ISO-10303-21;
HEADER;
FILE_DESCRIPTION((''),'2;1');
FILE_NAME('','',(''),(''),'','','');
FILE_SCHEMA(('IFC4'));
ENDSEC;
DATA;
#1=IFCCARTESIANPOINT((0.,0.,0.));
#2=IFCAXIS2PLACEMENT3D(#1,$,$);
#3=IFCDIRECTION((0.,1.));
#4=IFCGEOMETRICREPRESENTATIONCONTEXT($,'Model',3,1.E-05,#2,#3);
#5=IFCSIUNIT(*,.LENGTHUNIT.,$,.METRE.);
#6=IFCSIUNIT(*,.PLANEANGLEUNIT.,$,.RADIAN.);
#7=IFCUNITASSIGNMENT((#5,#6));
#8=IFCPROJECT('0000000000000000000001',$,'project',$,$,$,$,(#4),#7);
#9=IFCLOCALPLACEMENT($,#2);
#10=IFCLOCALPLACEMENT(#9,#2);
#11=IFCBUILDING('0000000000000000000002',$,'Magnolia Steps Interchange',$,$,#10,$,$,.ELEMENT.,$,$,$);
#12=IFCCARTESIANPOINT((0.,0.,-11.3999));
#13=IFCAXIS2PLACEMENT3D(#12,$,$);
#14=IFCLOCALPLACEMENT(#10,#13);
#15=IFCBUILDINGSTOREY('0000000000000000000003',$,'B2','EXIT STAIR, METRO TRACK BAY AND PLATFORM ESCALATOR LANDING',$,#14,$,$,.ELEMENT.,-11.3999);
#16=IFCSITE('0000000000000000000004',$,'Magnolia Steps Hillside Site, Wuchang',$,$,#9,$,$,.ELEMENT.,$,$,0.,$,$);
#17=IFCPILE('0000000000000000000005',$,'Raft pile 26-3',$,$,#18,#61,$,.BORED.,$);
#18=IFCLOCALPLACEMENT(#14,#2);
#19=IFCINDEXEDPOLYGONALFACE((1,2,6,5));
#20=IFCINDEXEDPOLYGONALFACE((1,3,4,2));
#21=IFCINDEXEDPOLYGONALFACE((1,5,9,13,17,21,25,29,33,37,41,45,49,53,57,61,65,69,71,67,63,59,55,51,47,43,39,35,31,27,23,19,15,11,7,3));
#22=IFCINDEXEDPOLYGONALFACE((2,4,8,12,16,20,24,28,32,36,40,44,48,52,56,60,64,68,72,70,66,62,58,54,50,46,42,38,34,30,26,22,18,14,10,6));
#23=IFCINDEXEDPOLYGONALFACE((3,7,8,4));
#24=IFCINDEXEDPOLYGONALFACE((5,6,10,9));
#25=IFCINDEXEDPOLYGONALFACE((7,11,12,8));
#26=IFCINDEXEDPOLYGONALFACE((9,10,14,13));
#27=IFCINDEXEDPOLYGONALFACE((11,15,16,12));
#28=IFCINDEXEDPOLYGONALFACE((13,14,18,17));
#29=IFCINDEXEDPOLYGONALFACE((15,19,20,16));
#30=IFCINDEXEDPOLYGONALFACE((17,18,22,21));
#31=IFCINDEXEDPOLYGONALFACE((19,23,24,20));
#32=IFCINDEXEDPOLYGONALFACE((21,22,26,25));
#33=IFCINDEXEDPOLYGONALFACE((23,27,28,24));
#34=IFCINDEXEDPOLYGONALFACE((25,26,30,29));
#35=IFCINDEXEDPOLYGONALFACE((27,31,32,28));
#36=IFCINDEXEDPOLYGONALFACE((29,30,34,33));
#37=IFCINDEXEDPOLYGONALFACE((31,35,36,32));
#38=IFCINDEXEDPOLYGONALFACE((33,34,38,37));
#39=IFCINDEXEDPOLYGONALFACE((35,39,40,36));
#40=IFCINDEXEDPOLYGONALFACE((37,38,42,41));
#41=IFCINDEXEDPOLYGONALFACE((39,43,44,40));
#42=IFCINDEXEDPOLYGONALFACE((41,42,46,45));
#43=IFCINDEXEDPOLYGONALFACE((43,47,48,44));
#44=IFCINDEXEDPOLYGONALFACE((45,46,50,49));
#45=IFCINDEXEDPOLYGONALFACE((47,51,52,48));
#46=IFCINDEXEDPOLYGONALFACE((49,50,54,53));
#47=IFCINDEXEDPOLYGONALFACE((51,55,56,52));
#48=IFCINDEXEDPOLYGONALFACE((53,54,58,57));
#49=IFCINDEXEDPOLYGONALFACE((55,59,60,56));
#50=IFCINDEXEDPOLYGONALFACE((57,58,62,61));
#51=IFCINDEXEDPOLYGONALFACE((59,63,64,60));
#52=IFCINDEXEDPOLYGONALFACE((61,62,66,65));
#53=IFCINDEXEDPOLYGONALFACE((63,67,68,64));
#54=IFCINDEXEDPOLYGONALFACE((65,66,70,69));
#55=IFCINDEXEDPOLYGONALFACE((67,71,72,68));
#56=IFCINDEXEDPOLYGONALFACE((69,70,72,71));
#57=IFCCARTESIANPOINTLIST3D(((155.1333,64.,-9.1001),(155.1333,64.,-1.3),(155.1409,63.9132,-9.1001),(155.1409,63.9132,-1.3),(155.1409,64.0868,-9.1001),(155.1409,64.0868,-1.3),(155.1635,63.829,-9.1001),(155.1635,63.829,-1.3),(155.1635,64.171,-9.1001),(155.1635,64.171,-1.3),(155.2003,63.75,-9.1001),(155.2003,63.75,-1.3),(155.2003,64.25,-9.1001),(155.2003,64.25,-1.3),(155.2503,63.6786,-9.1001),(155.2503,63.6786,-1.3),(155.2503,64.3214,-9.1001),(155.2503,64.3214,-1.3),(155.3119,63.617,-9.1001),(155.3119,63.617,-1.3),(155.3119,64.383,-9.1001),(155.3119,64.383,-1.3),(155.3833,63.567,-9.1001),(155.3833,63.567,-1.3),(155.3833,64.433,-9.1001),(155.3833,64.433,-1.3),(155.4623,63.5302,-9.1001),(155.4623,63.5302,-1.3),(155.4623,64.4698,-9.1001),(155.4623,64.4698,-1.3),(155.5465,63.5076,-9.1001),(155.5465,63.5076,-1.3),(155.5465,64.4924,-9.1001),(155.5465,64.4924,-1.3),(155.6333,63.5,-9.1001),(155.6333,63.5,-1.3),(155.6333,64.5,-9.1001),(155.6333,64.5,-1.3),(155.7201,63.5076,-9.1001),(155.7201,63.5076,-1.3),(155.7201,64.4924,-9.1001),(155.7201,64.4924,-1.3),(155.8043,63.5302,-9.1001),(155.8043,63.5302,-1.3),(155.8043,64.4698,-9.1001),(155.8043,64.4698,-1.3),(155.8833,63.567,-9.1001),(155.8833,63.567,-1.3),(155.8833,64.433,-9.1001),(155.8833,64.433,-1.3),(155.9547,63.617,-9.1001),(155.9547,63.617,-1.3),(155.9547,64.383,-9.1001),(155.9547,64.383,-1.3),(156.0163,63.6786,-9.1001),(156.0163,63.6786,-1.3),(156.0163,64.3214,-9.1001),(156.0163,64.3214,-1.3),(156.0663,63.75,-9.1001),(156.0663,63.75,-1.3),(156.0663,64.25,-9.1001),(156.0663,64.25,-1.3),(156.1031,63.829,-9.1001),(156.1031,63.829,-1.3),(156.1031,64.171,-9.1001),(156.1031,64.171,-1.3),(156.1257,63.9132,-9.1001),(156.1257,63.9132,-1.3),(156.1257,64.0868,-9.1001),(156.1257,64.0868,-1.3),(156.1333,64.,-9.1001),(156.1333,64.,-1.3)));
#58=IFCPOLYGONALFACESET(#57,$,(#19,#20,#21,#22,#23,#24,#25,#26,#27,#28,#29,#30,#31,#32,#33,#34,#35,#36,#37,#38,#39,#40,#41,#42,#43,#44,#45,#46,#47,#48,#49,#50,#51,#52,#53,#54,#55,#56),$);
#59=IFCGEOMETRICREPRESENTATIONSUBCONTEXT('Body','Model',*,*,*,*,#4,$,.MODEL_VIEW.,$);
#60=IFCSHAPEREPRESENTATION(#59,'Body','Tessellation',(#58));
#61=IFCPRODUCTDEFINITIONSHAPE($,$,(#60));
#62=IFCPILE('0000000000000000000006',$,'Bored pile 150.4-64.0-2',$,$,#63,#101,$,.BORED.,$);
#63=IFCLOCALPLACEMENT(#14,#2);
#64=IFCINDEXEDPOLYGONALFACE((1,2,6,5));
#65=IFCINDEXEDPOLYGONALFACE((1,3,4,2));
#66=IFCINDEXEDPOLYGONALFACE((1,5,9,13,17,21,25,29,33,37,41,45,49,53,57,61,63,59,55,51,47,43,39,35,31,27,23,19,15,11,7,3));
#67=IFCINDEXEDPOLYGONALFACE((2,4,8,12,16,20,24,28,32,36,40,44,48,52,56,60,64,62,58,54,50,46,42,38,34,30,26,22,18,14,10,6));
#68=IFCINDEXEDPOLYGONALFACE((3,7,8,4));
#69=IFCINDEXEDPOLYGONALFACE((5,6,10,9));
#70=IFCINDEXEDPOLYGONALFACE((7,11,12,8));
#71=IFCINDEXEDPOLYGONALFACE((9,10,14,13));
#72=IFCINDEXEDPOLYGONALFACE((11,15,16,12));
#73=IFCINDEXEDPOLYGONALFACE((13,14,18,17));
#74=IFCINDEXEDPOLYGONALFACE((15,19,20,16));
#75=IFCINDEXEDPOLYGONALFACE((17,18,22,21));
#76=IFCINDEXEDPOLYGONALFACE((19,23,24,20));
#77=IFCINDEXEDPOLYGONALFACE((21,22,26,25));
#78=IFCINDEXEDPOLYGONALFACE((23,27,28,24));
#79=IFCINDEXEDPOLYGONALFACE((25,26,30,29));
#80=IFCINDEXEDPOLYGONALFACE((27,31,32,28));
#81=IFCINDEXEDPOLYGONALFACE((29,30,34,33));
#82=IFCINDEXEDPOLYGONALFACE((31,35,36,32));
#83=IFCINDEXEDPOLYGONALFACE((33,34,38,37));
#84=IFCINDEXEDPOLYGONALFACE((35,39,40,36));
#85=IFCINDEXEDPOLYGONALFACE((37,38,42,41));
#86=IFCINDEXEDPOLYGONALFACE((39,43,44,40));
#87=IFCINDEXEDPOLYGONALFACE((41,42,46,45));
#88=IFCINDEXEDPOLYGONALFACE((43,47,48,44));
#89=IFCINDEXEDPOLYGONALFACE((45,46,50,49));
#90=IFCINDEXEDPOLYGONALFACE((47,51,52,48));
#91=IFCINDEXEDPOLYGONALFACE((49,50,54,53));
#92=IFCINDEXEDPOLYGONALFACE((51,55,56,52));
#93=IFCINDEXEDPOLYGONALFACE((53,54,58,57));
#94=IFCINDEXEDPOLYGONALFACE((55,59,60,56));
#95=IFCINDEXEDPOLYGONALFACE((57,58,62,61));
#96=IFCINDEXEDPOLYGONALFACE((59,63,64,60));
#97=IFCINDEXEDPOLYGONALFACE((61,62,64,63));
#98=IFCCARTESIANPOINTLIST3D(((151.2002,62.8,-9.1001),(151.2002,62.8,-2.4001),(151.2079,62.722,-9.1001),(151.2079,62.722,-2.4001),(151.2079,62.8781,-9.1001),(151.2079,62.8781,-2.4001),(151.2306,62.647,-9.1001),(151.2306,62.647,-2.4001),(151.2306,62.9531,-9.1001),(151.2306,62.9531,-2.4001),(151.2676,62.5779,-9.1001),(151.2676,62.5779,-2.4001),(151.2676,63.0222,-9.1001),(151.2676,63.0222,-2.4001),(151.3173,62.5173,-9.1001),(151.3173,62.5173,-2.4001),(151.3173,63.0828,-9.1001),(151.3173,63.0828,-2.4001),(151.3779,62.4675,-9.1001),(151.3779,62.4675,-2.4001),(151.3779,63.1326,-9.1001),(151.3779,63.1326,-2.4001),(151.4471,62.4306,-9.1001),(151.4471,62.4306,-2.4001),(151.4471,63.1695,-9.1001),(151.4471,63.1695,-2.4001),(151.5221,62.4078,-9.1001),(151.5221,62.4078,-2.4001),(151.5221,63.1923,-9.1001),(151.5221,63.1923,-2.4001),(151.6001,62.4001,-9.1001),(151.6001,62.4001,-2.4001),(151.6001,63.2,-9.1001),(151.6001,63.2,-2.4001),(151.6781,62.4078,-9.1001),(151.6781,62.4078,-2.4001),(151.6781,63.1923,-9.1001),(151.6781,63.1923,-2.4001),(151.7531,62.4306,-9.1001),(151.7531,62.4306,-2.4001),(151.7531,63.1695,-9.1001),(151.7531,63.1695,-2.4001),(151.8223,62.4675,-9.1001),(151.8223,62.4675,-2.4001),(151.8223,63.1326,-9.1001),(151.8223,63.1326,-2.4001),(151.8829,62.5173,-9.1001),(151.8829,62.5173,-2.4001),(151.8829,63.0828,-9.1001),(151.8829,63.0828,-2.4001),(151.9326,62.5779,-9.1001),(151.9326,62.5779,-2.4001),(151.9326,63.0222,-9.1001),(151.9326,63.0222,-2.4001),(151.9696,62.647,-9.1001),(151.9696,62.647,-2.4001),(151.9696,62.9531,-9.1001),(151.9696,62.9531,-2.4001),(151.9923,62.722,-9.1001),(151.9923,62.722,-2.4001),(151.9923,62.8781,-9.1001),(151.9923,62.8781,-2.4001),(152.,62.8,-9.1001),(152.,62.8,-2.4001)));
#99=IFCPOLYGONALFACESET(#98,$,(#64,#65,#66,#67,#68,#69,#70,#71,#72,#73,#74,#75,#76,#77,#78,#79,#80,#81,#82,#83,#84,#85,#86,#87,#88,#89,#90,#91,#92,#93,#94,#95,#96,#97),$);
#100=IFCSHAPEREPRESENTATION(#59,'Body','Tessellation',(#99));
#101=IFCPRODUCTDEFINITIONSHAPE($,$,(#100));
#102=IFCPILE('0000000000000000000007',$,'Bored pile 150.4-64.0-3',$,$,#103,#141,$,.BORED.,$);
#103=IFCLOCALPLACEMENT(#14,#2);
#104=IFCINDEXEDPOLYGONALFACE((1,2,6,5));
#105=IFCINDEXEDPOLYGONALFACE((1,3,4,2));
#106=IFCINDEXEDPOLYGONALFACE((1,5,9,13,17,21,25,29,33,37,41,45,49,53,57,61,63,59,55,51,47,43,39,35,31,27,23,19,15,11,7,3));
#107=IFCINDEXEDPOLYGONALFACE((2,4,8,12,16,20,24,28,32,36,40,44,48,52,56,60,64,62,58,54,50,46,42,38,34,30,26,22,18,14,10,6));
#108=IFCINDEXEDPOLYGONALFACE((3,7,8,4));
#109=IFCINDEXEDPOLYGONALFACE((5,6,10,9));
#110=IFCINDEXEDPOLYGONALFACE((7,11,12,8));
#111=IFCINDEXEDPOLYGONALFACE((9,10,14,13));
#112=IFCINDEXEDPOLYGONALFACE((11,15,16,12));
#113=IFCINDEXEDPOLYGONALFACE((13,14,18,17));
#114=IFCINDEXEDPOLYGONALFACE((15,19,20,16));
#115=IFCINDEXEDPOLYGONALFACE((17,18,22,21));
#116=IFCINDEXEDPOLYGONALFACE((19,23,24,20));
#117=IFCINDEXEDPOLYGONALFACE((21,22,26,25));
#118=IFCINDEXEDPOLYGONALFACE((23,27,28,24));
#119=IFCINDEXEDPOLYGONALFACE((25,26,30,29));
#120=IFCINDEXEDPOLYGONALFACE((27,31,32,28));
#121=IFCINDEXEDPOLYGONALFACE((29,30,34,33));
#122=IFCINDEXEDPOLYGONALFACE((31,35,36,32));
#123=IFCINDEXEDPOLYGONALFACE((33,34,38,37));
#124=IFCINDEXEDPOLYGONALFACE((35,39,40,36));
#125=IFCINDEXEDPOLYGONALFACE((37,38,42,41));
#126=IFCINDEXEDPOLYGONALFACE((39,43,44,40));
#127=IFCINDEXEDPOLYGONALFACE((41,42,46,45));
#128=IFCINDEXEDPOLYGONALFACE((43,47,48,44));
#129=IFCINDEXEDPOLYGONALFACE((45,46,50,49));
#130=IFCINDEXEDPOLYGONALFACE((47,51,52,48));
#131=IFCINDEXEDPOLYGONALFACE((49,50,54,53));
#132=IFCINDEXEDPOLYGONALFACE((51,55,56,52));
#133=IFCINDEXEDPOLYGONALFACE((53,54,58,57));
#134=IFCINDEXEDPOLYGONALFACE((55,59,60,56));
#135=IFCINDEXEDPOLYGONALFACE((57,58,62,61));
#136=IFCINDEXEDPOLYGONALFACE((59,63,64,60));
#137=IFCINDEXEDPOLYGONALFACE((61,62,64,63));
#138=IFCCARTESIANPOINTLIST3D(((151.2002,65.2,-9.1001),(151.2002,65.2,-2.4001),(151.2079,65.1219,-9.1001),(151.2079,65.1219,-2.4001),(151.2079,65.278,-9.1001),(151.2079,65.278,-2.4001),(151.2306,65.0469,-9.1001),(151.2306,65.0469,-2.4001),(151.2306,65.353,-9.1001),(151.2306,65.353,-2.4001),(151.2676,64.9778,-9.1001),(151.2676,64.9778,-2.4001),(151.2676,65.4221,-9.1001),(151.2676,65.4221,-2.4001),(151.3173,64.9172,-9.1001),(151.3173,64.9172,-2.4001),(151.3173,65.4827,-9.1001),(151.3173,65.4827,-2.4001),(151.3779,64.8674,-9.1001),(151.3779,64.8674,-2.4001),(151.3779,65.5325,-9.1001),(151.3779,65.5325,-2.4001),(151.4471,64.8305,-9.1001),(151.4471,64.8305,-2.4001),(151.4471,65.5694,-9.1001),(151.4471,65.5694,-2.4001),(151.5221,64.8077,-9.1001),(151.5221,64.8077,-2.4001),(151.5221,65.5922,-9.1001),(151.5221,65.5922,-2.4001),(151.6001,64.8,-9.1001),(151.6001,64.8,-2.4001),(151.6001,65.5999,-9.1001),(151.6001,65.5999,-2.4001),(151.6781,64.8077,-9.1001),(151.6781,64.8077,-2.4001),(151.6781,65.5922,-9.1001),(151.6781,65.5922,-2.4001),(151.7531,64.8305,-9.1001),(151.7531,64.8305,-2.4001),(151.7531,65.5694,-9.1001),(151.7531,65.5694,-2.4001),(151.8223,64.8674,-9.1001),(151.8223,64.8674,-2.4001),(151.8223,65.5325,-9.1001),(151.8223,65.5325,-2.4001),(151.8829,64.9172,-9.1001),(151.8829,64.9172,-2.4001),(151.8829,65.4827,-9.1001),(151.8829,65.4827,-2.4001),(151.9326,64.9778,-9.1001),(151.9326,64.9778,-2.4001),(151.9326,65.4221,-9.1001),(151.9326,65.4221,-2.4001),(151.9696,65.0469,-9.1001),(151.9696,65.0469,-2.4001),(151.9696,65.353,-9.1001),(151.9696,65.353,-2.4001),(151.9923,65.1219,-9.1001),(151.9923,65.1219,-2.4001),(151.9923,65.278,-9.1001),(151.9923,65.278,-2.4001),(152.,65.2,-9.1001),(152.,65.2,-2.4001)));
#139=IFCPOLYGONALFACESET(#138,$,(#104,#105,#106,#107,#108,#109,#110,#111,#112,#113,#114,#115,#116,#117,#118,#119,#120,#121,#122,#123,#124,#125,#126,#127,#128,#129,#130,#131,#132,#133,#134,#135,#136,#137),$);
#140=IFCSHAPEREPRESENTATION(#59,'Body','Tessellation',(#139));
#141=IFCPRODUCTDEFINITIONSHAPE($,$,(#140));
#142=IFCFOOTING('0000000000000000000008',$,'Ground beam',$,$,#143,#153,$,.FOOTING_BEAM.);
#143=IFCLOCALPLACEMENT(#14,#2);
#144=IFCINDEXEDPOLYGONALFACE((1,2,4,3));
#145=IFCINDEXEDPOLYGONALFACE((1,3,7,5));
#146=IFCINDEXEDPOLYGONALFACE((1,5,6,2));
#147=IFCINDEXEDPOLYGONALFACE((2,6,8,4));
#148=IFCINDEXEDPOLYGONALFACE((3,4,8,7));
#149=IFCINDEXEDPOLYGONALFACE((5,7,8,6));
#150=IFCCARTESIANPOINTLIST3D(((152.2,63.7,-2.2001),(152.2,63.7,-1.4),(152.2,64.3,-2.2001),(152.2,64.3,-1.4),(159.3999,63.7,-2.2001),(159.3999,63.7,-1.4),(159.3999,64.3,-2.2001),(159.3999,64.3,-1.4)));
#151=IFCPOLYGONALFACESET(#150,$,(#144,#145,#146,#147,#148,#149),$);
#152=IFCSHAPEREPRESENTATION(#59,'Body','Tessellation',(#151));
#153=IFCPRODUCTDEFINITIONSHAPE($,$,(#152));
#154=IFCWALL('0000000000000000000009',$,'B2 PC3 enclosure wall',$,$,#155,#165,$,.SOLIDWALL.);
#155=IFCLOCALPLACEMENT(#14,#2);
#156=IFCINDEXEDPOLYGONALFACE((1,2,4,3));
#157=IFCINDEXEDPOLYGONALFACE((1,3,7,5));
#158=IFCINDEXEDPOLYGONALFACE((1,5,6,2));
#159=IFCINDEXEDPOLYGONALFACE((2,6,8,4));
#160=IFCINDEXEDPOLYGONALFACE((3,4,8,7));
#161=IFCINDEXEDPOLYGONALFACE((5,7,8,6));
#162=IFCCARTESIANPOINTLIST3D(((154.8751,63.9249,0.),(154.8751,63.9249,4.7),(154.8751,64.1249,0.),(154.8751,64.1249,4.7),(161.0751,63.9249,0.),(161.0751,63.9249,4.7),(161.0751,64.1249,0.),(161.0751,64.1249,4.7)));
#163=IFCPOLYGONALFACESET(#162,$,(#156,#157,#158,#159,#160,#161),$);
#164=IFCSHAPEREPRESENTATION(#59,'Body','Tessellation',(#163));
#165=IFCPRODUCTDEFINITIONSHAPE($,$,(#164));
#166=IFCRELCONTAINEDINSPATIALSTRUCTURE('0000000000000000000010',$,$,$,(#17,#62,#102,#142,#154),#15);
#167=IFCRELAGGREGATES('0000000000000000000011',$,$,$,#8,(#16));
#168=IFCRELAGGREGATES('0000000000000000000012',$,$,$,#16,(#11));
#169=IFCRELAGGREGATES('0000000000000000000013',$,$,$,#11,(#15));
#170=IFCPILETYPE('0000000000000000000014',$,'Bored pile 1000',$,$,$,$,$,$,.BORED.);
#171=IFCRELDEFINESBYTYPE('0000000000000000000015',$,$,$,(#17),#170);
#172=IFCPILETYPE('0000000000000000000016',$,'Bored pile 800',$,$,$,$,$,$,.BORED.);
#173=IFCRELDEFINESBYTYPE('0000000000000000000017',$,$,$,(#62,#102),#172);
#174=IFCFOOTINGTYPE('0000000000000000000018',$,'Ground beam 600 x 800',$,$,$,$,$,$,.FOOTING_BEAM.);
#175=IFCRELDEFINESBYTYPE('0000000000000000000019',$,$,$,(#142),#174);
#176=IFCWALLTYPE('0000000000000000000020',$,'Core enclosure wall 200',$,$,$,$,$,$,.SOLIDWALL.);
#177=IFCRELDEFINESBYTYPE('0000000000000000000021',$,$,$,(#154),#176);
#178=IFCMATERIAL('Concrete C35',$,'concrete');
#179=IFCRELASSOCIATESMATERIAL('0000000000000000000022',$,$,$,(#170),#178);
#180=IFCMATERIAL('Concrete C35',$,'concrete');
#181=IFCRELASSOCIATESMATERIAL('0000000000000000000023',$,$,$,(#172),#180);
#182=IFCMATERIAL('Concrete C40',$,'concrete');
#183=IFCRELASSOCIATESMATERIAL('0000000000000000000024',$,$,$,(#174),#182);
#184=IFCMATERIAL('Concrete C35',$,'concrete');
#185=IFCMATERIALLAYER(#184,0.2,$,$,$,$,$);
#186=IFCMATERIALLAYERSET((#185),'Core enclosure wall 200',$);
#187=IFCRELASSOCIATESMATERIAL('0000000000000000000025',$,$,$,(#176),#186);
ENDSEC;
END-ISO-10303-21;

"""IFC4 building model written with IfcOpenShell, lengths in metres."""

from ifc_helpers import new_model, si_unit, direction, frame, frame_2d, origin, origin_2d, place, context, subcontext, project, spatial, rectangle, circle, extrude, material, layer, layer_set, material_profile, profile_set, type_object, element, save


model = new_model("IFC4")

# Units and contexts
model_context = context("Model", 3, precision=1e-05, world=origin(), true_north=direction((0.0, 1.0)))
body_context = subcontext(model_context, "Body", "Model", "MODEL_VIEW")
ifc_project = project(units=[si_unit("LENGTHUNIT", "METRE"), si_unit("PLANEANGLEUNIT", "RADIAN")], contexts=[model_context])

# Site, building, storey
site_placement = place(None, origin())
site = spatial("IfcSite", under=ifc_project, at=site_placement, Name="Magnolia Steps Hillside Site, Wuchang", CompositionType="ELEMENT", RefElevation=0.0)
building_placement = place(site_placement, origin())
building = spatial("IfcBuilding", under=site, at=building_placement, Name="Magnolia Steps Interchange", CompositionType="ELEMENT")
storey_placement = place(building_placement, frame((0.0, 0.0, -11.3999)))
storey = spatial("IfcBuildingStorey", under=building, at=storey_placement, Name="B2", Description="EXIT STAIR, METRO TRACK BAY AND PLATFORM ESCALATOR LANDING", CompositionType="ELEMENT", Elevation=-11.3999)

# Piles
ifc_material_1 = material(Name="Concrete C35", Category="concrete")
ifc_material_profile_1 = material_profile(ifc_material_1, circle(Radius=0.5, at=origin_2d()), Name="Bored pile 1000")
ifc_profile_set_1 = profile_set([ifc_material_profile_1], Name="Concrete C35")
pile_type_1 = type_object("IfcPileType", Name="Bored pile 1000", PredefinedType="BORED", material=ifc_profile_set_1)
pile_placement = place(storey_placement, frame((155.6333, 64.0, -1.3), z_axis=(0.0, 0.0, -1.0), x_axis=(1.0, 0.0, 0.0)))
element("IfcPile", 1, at=pile_placement, inside=storey, type_object=pile_type_1, Name="Raft pile 26-3", PredefinedType="BORED", context=body_context, shape_type="SweptSolid", body=[
    extrude(circle(Radius=0.5, at=origin_2d()), origin(), (0.0, 0.0, 1.0), 7.8),
])
ifc_material_2 = material(Name="Concrete C35", Category="concrete")
ifc_material_profile_2 = material_profile(ifc_material_2, circle(Radius=0.3999, at=origin_2d()), Name="Bored pile 800")
ifc_profile_set_2 = profile_set([ifc_material_profile_2], Name="Concrete C35")
pile_type_2 = type_object("IfcPileType", Name="Bored pile 800", PredefinedType="BORED", material=ifc_profile_set_2)
for number, where, z_axis, x_axis, name in (
    (2, (151.6001, 62.8, -2.4001), (0.0, 0.0, -1.0), (1.0, 0.0, 0.0), "Bored pile 150.4-64.0-2"),
    (3, (151.6001, 65.2, -2.4001), (0.0, 0.0, -1.0), (1.0, 0.0, 0.0), "Bored pile 150.4-64.0-3"),
):
    element("IfcPile", number, at=place(storey_placement, frame(where, z_axis=z_axis, x_axis=x_axis)), inside=storey, type_object=pile_type_2, Name=name, PredefinedType="BORED", context=body_context, shape_type="SweptSolid", body=[
        extrude(circle(Radius=0.3999, at=origin_2d()), origin(), (0.0, 0.0, 1.0), 6.7),
    ])

# Footing
ifc_material_3 = material(Name="Concrete C40", Category="concrete")
ifc_material_profile_3 = material_profile(ifc_material_3, rectangle(XDim=0.6001, YDim=0.8, at=origin_2d()), Name="RC600x800")
ifc_profile_set_3 = profile_set([ifc_material_profile_3], Name="Concrete C40")
footing_type = type_object("IfcFootingType", Name="Ground beam 600 x 800", PredefinedType="FOOTING_BEAM", material=ifc_profile_set_3)
footing_placement = place(storey_placement, frame((152.2, 64.0, -1.8), z_axis=(1.0, 0.0, 0.0), x_axis=(0.0, 1.0, 0.0)))
element("IfcFooting", 4, at=footing_placement, inside=storey, type_object=footing_type, Name="Ground beam", PredefinedType="FOOTING_BEAM", context=body_context, shape_type="SweptSolid", body=[
    extrude(rectangle(XDim=0.6001, YDim=0.8, at=origin_2d()), origin(), (0.0, 0.0, 1.0), 7.2),
])

# Wall
ifc_material_4 = material(Name="Concrete C35", Category="concrete")
ifc_layer = layer(ifc_material_4, 0.2)
ifc_layer_set = layer_set([ifc_layer], Name="Core enclosure wall 200")
wall_type = type_object("IfcWallType", Name="Core enclosure wall 200", PredefinedType="SOLIDWALL", material=ifc_layer_set)
wall_1_placement = place(storey_placement, frame((154.875, 64.0249, 0.0), z_axis=(0.0, 0.0, 1.0), x_axis=(1.0, 0.0, 0.0)))
element("IfcWall", 5, at=wall_1_placement, inside=storey, type_object=wall_type, Name="B2 PC3 enclosure wall", PredefinedType="SOLIDWALL", context=body_context, shape_type="SweptSolid", body=[
    extrude(rectangle(XDim=6.2, YDim=0.2, at=frame_2d((3.1001, 0.0))), origin(), (0.0, 0.0, 1.0), 4.7),
])

save(model, "model.ifc")
